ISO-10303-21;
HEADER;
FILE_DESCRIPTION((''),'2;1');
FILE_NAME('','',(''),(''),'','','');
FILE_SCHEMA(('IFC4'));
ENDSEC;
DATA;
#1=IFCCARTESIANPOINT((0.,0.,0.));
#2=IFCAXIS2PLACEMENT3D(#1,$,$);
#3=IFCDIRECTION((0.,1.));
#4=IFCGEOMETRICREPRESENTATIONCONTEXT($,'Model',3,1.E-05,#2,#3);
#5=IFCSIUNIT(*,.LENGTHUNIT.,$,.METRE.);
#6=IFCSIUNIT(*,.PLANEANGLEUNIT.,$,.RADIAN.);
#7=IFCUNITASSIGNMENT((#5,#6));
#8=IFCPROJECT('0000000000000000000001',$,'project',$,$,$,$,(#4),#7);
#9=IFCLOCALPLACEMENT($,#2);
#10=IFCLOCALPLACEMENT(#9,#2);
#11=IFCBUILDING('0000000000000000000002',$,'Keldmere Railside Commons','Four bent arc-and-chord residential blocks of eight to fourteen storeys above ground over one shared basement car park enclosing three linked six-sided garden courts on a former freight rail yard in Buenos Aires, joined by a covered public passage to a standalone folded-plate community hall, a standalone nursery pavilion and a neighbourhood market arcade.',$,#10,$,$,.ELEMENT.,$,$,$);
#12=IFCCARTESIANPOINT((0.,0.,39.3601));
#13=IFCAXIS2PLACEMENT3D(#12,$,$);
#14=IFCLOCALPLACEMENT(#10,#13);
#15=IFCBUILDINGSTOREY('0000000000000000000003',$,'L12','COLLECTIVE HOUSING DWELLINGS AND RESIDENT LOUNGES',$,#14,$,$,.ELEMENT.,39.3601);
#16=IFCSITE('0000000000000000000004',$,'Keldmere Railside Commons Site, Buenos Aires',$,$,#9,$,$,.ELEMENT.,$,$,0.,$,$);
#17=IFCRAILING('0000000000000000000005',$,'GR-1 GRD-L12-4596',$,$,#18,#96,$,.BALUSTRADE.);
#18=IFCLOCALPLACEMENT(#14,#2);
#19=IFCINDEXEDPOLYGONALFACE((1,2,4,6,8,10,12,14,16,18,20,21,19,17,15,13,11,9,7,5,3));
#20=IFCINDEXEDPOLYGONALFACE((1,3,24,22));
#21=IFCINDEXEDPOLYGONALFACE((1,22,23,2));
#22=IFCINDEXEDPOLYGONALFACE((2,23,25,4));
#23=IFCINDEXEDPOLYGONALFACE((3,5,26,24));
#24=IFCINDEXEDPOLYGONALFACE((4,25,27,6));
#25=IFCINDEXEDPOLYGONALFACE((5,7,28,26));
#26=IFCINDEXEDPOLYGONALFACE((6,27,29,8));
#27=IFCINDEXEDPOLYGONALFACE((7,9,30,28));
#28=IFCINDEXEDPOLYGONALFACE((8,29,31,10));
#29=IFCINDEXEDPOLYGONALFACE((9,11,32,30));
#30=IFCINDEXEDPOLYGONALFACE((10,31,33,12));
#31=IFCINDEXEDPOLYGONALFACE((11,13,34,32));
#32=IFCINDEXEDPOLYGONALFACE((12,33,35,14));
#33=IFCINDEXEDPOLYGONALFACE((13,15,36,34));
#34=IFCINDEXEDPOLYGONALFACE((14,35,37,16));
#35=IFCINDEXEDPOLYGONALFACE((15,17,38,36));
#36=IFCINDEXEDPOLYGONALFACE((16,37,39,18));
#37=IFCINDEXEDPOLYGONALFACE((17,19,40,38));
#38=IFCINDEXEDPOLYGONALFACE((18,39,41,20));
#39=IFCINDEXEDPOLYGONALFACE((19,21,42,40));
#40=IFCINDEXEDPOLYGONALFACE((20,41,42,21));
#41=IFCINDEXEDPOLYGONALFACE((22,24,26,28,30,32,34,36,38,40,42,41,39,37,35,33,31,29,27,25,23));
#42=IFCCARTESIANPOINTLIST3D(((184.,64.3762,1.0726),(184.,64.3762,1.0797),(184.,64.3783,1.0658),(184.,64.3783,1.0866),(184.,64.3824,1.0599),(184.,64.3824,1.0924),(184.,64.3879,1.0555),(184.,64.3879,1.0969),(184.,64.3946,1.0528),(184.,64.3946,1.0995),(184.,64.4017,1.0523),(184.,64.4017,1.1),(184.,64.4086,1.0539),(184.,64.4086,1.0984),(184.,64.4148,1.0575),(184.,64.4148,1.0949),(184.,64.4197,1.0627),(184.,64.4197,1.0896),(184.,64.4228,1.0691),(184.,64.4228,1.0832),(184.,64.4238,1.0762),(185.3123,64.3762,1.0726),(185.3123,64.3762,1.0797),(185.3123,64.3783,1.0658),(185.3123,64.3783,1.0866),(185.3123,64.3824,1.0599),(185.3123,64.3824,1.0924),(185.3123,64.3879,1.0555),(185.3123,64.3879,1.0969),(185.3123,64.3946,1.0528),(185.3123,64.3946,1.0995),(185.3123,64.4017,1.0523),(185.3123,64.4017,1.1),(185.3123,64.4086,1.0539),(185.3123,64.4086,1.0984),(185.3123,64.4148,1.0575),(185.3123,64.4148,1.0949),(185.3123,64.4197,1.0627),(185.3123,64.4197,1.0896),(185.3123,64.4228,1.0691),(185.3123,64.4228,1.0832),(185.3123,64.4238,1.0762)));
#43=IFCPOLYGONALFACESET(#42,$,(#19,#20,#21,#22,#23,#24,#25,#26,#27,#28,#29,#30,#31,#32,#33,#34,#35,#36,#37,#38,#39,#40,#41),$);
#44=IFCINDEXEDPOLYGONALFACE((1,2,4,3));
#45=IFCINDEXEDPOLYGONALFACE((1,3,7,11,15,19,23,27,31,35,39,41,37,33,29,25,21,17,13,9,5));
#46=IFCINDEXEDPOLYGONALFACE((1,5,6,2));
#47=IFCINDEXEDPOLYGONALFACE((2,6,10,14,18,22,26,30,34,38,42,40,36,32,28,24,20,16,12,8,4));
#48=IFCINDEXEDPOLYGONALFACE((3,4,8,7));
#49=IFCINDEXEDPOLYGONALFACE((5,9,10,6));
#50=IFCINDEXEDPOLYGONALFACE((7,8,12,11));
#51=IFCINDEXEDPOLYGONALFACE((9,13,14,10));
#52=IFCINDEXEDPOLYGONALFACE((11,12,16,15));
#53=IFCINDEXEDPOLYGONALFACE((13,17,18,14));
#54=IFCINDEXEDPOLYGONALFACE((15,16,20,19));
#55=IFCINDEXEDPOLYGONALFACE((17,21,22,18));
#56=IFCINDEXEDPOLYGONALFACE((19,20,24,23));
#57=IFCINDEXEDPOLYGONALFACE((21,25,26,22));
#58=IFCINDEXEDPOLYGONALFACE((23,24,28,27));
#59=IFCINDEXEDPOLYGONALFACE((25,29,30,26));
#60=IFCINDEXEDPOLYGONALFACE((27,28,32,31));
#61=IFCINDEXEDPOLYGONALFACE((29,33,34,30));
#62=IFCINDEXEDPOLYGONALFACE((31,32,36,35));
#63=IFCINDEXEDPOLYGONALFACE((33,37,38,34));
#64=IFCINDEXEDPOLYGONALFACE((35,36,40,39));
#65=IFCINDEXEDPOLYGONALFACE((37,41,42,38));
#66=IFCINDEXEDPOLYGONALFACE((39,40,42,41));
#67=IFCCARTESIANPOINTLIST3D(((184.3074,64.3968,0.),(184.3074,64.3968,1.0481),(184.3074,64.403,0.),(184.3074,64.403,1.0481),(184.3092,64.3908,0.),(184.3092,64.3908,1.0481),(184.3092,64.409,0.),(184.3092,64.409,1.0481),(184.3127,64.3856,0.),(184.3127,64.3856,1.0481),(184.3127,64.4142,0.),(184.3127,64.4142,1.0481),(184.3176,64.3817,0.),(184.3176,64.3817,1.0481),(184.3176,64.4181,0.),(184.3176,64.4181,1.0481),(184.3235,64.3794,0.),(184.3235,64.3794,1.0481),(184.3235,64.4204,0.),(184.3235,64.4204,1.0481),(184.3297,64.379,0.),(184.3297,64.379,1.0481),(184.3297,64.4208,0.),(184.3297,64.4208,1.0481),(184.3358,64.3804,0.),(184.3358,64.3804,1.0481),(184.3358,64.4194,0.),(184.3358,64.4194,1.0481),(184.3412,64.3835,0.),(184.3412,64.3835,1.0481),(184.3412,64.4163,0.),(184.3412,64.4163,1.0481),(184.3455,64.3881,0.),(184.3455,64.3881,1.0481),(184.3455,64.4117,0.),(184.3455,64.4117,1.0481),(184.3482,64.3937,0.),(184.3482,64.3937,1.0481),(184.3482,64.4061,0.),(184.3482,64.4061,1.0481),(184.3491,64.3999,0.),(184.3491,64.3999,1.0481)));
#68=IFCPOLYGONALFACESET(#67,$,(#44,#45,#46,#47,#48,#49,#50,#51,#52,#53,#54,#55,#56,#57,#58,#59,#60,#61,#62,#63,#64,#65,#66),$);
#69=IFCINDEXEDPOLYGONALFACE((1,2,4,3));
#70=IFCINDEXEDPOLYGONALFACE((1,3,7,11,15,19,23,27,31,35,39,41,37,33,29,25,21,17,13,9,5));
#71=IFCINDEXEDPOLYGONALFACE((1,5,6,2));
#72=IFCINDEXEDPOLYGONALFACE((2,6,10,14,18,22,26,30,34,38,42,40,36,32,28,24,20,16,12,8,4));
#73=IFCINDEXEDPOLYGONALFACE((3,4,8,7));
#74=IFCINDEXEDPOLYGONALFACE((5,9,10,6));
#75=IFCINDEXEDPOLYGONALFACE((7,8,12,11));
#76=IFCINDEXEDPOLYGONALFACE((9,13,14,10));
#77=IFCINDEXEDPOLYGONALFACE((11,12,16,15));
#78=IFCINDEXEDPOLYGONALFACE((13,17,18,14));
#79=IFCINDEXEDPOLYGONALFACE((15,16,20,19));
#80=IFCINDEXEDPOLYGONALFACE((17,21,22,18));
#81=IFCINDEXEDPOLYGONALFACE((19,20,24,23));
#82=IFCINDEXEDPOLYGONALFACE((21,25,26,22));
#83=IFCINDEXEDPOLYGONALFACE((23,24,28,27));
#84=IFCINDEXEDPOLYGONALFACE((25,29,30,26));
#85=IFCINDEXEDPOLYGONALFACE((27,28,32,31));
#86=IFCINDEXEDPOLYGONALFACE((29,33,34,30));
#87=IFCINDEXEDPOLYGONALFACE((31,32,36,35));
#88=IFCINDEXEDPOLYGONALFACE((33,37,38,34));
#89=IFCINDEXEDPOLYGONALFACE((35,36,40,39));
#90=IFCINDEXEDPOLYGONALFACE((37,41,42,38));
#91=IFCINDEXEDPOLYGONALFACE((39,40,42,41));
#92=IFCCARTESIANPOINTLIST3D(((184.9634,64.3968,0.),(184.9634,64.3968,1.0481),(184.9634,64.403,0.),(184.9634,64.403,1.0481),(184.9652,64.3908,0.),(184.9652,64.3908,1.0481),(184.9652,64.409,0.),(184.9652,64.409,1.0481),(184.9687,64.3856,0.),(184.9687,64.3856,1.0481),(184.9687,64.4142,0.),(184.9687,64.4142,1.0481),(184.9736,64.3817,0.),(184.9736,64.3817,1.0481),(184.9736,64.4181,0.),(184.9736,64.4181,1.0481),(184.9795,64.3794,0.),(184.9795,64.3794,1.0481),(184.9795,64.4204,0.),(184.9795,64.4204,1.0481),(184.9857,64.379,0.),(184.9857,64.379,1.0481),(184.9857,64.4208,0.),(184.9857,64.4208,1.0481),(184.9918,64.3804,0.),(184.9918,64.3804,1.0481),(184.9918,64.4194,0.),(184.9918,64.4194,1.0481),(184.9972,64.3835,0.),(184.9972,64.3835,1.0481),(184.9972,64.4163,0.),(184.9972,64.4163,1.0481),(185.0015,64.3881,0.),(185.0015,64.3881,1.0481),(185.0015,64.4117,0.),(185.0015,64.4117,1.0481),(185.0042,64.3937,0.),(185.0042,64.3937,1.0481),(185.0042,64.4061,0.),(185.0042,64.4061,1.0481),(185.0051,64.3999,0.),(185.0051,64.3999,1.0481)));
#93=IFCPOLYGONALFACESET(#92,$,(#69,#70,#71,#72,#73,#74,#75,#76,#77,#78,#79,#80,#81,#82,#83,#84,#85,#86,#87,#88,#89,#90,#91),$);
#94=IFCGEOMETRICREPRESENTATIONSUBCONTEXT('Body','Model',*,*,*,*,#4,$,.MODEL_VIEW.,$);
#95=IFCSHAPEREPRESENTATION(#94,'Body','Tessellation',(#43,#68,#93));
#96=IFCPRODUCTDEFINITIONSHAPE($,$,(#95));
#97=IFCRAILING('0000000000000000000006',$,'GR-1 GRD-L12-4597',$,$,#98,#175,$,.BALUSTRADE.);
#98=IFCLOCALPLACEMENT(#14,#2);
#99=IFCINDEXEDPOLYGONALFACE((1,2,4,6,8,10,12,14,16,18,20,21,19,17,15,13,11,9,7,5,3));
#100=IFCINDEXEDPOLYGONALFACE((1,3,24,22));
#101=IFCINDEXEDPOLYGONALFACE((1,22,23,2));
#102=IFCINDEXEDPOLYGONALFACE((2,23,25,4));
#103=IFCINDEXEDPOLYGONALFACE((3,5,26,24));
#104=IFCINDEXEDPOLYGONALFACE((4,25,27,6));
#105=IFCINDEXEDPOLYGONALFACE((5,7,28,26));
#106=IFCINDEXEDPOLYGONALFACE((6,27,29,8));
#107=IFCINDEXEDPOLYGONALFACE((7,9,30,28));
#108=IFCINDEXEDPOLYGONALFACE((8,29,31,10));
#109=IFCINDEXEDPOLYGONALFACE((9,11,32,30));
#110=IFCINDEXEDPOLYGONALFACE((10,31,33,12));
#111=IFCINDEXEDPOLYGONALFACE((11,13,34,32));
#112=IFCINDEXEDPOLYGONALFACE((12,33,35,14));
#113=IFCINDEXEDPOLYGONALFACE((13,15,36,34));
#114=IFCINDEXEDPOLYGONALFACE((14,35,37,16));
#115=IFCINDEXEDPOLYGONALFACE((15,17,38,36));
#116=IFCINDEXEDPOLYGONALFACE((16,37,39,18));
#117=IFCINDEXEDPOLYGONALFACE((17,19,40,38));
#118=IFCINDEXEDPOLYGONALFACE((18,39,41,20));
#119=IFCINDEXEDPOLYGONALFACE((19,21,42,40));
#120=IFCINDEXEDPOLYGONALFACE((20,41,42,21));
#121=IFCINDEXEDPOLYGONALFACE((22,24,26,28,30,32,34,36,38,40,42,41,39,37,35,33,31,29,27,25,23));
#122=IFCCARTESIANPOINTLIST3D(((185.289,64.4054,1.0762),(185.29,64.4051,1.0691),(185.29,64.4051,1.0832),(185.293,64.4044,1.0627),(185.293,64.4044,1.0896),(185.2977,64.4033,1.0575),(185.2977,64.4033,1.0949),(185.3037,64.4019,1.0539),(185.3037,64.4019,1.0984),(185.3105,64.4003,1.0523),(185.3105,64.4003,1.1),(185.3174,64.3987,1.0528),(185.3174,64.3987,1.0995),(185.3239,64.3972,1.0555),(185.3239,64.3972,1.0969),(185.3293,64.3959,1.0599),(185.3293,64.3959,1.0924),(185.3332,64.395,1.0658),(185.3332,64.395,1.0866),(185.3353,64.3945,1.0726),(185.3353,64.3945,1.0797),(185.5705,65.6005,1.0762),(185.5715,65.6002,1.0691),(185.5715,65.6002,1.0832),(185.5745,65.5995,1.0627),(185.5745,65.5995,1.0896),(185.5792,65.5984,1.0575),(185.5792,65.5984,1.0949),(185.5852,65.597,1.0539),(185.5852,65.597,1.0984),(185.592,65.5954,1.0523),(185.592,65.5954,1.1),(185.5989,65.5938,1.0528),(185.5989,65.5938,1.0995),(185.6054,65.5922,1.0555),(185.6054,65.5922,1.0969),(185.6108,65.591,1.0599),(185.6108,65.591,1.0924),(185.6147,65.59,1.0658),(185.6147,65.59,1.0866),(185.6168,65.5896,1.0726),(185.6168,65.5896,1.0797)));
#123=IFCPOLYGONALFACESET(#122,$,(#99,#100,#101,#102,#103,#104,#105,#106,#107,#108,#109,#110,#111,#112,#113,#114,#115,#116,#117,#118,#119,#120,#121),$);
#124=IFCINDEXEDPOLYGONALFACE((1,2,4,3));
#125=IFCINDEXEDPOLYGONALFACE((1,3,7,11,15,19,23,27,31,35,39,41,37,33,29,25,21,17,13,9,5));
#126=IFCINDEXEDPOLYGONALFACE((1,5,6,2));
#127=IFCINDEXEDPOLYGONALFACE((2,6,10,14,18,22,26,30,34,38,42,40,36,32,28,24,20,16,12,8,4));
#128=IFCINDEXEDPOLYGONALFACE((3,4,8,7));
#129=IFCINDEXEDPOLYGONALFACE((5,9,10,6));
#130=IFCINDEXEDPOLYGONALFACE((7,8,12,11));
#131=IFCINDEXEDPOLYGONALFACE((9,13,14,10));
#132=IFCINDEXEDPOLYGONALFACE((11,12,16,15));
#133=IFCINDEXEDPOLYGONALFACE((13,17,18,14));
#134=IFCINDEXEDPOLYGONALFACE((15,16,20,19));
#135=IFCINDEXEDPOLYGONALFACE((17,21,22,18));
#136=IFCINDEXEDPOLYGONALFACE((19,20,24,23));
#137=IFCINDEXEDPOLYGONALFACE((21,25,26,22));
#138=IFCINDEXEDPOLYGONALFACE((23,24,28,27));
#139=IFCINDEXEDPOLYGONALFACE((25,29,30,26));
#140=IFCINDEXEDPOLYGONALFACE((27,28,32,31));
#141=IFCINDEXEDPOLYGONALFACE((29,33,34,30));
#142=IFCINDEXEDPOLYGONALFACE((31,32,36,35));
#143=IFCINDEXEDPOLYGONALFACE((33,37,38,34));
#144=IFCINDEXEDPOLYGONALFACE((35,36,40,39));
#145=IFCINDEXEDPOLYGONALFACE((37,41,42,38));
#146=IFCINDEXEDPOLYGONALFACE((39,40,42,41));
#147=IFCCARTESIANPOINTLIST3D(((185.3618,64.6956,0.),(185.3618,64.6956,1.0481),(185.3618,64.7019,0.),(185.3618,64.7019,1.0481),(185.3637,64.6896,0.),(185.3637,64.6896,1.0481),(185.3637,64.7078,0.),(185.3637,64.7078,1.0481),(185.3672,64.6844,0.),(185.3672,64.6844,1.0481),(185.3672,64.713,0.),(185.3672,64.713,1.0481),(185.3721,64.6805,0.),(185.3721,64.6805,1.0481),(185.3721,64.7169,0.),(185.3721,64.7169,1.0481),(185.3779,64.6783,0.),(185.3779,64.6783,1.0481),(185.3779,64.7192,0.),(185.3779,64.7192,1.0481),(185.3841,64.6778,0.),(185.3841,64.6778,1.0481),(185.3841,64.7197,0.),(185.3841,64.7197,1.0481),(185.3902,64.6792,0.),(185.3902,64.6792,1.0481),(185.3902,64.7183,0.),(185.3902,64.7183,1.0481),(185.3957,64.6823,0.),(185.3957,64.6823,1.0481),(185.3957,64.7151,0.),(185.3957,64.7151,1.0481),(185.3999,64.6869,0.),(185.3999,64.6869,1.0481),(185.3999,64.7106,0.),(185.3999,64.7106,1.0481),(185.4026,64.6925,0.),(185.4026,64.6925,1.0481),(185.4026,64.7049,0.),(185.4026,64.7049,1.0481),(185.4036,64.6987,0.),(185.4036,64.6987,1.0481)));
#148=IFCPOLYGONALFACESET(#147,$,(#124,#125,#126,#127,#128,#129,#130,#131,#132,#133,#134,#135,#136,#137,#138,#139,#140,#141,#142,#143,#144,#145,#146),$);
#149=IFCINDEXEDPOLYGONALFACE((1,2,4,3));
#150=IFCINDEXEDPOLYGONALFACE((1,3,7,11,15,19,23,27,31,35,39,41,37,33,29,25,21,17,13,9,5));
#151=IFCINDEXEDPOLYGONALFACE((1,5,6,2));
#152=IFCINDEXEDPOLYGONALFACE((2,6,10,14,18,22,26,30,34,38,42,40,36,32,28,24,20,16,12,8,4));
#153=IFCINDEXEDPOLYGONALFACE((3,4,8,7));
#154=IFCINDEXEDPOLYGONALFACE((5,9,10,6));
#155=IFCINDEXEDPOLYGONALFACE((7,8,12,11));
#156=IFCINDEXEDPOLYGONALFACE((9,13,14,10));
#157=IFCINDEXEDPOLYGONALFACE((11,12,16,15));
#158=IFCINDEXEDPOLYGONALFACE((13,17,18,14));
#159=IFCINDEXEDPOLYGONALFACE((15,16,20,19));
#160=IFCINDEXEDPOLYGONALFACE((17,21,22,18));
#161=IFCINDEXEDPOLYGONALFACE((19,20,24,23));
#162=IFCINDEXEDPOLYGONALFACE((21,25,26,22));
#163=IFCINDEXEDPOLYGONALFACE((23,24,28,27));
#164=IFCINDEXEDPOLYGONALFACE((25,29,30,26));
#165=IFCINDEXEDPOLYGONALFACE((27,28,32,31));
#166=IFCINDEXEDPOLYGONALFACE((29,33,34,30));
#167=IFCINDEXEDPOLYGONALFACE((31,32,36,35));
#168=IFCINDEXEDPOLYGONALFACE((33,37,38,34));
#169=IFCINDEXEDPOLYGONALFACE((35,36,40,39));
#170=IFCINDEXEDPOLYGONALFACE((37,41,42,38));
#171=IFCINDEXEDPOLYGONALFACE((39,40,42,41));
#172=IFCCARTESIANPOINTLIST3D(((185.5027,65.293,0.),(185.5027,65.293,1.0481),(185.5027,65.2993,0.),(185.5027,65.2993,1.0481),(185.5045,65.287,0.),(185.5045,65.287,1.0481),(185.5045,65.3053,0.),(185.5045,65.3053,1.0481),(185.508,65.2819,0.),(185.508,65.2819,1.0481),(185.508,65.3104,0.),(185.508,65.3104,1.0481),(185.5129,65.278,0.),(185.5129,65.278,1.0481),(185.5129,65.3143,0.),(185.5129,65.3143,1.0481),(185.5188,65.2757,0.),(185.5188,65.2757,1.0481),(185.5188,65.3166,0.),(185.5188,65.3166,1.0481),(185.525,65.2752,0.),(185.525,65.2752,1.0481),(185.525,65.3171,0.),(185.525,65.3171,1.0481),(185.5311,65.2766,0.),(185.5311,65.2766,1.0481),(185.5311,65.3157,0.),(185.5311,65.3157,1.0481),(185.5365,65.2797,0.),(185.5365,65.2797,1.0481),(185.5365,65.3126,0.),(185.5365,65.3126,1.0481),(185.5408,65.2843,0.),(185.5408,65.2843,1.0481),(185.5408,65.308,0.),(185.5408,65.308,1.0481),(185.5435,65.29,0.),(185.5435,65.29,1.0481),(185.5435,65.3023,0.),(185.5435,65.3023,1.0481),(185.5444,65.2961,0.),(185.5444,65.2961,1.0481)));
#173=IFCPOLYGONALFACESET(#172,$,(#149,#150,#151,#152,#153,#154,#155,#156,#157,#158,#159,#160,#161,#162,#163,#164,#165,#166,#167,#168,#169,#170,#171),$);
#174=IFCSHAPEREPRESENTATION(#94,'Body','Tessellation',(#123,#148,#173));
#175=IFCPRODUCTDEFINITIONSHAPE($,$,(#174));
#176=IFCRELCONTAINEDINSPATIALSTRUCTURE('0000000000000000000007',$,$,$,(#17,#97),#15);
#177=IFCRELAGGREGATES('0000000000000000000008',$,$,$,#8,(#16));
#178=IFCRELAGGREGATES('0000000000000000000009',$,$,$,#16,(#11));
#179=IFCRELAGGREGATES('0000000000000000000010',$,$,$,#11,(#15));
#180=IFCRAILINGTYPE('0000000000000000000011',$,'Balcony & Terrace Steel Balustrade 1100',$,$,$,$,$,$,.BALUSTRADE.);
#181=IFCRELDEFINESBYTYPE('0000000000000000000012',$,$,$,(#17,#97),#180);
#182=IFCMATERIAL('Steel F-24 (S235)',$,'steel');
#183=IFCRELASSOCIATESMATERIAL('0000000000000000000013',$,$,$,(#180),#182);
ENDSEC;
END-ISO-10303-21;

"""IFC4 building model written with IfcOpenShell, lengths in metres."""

from ifc_helpers import new_model, si_unit, direction, frame, origin, origin_2d, place, context, subcontext, project, spatial, circle, extrude, material, type_object, element, save


model = new_model("IFC4")

# Units and contexts
model_context = context("Model", 3, precision=1e-05, world=origin(), true_north=direction((0.0, 1.0)))
body_context = subcontext(model_context, "Body", "Model", "MODEL_VIEW")
ifc_project = project(units=[si_unit("LENGTHUNIT", "METRE"), si_unit("PLANEANGLEUNIT", "RADIAN")], contexts=[model_context])

# Site, building, storey
site_placement = place(None, origin())
site = spatial("IfcSite", under=ifc_project, at=site_placement, Name="Keldmere Railside Commons Site, Buenos Aires", CompositionType="ELEMENT", RefElevation=0.0)
building_placement = place(site_placement, origin())
building = spatial("IfcBuilding", under=site, at=building_placement, Name="Keldmere Railside Commons", Description="Four bent arc-and-chord residential blocks of eight to fourteen storeys above ground over one shared basement car park enclosing three linked six-sided garden courts on a former freight rail yard in Buenos Aires, joined by a covered public passage to a standalone folded-plate community hall, a standalone nursery pavilion and a neighbourhood market arcade.", CompositionType="ELEMENT")
storey_placement = place(building_placement, frame((0.0, 0.0, 39.3601)))
storey = spatial("IfcBuildingStorey", under=building, at=storey_placement, Name="L12", Description="COLLECTIVE HOUSING DWELLINGS AND RESIDENT LOUNGES", CompositionType="ELEMENT", Elevation=39.3601)

# Railings
ifc_material_1 = material(Name="Steel F-24 (S235)", Category="steel")
railing_type_1 = type_object("IfcRailingType", Name="Balcony & Terrace Steel Balustrade 1100", PredefinedType="BALUSTRADE", material=ifc_material_1)
railing_1_placement = place(storey_placement, frame((184.0, 64.3999, 0.0)))
element("IfcRailing", 1, at=railing_1_placement, inside=storey, type_object=railing_type_1, Name="GR-1 GRD-L12-4596", PredefinedType="BALUSTRADE", context=body_context, shape_type="SweptSolid", body=[
    extrude(circle(Radius=0.0239, at=origin_2d()), frame((0.0, 0.0, 1.0762), z_axis=(1.0, 0.0, 0.0), x_axis=(0.0, 1.0, 0.0)), (0.0, 0.0, 1.0), 1.3123),
    extrude(circle(Radius=0.021, at=origin_2d()), frame((0.3281, 0.0, 0.0)), (0.0, 0.0, 1.0), 1.0481),
    extrude(circle(Radius=0.021, at=origin_2d()), frame((0.9841, 0.0, 0.0)), (0.0, 0.0, 1.0), 1.0481),
])
railing_2_placement = place(storey_placement, frame((185.3123, 64.3999, 0.0)))
element("IfcRailing", 2, at=railing_2_placement, inside=storey, type_object=railing_type_1, Name="GR-1 GRD-L12-4597", PredefinedType="BALUSTRADE", context=body_context, shape_type="SweptSolid", body=[
    extrude(circle(Radius=0.0239, at=origin_2d()), frame((0.0, 0.0, 1.0762), z_axis=(0.229272, 0.973362, 0.0), x_axis=(-0.973362, 0.229272, 0.0)), (0.0, 0.0, 1.0), 1.2278),
    extrude(circle(Radius=0.021, at=origin_2d()), frame((0.0703, 0.2988, 0.0)), (0.0, 0.0, 1.0), 1.0481),
    extrude(circle(Radius=0.021, at=origin_2d()), frame((0.2112, 0.8962, 0.0)), (0.0, 0.0, 1.0), 1.0481),
])

save(model, "model.ifc")
